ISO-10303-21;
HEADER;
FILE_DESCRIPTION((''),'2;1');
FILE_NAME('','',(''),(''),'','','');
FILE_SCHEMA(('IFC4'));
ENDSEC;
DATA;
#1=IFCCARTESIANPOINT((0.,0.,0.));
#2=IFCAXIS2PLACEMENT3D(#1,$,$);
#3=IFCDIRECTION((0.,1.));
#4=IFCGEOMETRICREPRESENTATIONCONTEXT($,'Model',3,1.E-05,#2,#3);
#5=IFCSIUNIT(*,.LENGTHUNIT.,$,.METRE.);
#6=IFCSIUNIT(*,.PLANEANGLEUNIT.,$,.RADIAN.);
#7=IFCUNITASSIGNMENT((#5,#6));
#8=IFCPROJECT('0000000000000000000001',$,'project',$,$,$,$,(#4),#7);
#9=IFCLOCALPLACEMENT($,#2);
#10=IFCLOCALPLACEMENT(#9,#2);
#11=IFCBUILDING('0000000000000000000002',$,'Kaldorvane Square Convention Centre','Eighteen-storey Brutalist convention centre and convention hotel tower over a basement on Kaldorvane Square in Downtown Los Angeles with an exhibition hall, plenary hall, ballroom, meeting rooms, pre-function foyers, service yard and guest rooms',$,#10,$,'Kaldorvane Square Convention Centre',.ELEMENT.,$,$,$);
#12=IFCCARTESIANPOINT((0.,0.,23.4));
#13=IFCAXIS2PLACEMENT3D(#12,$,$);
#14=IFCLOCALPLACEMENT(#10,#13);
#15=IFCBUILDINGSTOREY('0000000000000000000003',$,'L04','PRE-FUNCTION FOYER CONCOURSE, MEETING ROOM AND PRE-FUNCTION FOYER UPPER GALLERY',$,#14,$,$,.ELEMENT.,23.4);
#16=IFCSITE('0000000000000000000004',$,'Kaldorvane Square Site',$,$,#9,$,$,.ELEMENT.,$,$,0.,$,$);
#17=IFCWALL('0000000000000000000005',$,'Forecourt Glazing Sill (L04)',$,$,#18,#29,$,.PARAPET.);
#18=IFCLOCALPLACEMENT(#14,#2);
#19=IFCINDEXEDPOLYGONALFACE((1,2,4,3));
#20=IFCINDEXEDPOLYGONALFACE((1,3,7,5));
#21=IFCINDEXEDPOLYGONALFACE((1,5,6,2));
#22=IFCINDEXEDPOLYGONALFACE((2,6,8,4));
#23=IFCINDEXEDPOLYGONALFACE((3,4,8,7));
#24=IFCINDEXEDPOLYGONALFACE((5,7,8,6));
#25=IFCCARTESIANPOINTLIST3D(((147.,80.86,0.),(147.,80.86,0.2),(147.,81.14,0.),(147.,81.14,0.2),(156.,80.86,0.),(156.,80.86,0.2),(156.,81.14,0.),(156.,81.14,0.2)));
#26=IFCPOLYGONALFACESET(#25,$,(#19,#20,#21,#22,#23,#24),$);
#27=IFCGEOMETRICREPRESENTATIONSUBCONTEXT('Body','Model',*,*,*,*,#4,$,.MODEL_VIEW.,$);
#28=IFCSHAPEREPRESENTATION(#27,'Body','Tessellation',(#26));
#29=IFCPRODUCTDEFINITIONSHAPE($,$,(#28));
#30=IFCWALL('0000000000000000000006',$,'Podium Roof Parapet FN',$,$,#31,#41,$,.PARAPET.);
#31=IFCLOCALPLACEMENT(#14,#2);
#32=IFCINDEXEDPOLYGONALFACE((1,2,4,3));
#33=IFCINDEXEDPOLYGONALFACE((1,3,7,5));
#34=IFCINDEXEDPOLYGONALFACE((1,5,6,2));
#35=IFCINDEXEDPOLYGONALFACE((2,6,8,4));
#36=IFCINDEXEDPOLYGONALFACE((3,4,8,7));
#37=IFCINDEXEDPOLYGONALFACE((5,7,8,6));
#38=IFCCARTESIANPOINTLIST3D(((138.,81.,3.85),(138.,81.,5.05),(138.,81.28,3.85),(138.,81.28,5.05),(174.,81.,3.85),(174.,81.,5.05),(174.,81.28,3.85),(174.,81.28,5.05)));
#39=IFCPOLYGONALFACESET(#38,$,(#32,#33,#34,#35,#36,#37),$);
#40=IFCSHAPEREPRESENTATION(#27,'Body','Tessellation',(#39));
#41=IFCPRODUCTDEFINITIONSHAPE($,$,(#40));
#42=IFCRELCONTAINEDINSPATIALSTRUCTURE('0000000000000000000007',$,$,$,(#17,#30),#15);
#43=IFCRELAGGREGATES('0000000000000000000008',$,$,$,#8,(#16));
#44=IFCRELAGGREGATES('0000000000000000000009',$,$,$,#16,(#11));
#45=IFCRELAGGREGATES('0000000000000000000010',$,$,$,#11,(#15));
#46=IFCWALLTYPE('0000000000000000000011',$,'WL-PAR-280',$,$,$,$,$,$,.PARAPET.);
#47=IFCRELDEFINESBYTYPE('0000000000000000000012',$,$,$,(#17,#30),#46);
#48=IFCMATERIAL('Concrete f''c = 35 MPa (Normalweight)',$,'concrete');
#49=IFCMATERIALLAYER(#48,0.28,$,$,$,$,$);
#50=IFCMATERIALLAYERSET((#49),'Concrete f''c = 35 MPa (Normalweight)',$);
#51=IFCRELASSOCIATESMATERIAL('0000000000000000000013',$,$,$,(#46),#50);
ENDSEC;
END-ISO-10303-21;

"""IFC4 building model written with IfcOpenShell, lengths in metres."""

from ifc_helpers import new_model, si_unit, direction, frame, frame_2d, origin, place, context, subcontext, project, spatial, rectangle, extrude, material, layer, layer_set, type_object, element, save


model = new_model("IFC4")

# Units and contexts
model_context = context("Model", 3, precision=1e-05, world=origin(), true_north=direction((0.0, 1.0)))
body_context = subcontext(model_context, "Body", "Model", "MODEL_VIEW")
ifc_project = project(units=[si_unit("LENGTHUNIT", "METRE"), si_unit("PLANEANGLEUNIT", "RADIAN")], contexts=[model_context])

# Site, building, storey
site_placement = place(None, origin())
site = spatial("IfcSite", under=ifc_project, at=site_placement, Name="Kaldorvane Square Site", CompositionType="ELEMENT", RefElevation=0.0)
building_placement = place(site_placement, origin())
building = spatial("IfcBuilding", under=site, at=building_placement, Name="Kaldorvane Square Convention Centre", Description="Eighteen-storey Brutalist convention centre and convention hotel tower over a basement on Kaldorvane Square in Downtown Los Angeles with an exhibition hall, plenary hall, ballroom, meeting rooms, pre-function foyers, service yard and guest rooms", LongName="Kaldorvane Square Convention Centre", CompositionType="ELEMENT")
storey_placement = place(building_placement, frame((0.0, 0.0, 23.4)))
storey = spatial("IfcBuildingStorey", under=building, at=storey_placement, Name="L04", Description="PRE-FUNCTION FOYER CONCOURSE, MEETING ROOM AND PRE-FUNCTION FOYER UPPER GALLERY", CompositionType="ELEMENT", Elevation=23.4)

# Walls
ifc_material_1 = material(Name="Concrete f'c = 35 MPa (Normalweight)", Category="concrete")
ifc_layer_1 = layer(ifc_material_1, 0.28)
ifc_layer_set_1 = layer_set([ifc_layer_1], Name="Concrete f'c = 35 MPa (Normalweight)")
wall_type_1 = type_object("IfcWallType", Name="WL-PAR-280", PredefinedType="PARAPET", material=ifc_layer_set_1)
for number, where, z_axis, x_axis, name in (
    (1, (147.0, 81.0, 0.0), (0.0, 0.0, 1.0), (1.0, 0.0, 0.0), "Forecourt Glazing Sill (L04)"),
):
    element("IfcWall", number, at=place(storey_placement, frame(where, z_axis=z_axis, x_axis=x_axis)), inside=storey, type_object=wall_type_1, Name=name, PredefinedType="PARAPET", context=body_context, shape_type="SweptSolid", body=[
        extrude(rectangle(XDim=9.0, YDim=0.28, at=frame_2d((4.5, 0.0))), origin(), (0.0, 0.0, 1.0), 0.2),
    ])
wall_1_placement = place(storey_placement, frame((138.0, 81.14, 3.85), z_axis=(0.0, 0.0, 1.0), x_axis=(1.0, 0.0, 0.0)))
element("IfcWall", 2, at=wall_1_placement, inside=storey, type_object=wall_type_1, Name="Podium Roof Parapet FN", PredefinedType="PARAPET", context=body_context, shape_type="SweptSolid", body=[
    extrude(rectangle(XDim=36.0, YDim=0.28, at=frame_2d((18.0, 0.0))), origin(), (0.0, 0.0, 1.0), 1.2),
])

save(model, "model.ifc")
